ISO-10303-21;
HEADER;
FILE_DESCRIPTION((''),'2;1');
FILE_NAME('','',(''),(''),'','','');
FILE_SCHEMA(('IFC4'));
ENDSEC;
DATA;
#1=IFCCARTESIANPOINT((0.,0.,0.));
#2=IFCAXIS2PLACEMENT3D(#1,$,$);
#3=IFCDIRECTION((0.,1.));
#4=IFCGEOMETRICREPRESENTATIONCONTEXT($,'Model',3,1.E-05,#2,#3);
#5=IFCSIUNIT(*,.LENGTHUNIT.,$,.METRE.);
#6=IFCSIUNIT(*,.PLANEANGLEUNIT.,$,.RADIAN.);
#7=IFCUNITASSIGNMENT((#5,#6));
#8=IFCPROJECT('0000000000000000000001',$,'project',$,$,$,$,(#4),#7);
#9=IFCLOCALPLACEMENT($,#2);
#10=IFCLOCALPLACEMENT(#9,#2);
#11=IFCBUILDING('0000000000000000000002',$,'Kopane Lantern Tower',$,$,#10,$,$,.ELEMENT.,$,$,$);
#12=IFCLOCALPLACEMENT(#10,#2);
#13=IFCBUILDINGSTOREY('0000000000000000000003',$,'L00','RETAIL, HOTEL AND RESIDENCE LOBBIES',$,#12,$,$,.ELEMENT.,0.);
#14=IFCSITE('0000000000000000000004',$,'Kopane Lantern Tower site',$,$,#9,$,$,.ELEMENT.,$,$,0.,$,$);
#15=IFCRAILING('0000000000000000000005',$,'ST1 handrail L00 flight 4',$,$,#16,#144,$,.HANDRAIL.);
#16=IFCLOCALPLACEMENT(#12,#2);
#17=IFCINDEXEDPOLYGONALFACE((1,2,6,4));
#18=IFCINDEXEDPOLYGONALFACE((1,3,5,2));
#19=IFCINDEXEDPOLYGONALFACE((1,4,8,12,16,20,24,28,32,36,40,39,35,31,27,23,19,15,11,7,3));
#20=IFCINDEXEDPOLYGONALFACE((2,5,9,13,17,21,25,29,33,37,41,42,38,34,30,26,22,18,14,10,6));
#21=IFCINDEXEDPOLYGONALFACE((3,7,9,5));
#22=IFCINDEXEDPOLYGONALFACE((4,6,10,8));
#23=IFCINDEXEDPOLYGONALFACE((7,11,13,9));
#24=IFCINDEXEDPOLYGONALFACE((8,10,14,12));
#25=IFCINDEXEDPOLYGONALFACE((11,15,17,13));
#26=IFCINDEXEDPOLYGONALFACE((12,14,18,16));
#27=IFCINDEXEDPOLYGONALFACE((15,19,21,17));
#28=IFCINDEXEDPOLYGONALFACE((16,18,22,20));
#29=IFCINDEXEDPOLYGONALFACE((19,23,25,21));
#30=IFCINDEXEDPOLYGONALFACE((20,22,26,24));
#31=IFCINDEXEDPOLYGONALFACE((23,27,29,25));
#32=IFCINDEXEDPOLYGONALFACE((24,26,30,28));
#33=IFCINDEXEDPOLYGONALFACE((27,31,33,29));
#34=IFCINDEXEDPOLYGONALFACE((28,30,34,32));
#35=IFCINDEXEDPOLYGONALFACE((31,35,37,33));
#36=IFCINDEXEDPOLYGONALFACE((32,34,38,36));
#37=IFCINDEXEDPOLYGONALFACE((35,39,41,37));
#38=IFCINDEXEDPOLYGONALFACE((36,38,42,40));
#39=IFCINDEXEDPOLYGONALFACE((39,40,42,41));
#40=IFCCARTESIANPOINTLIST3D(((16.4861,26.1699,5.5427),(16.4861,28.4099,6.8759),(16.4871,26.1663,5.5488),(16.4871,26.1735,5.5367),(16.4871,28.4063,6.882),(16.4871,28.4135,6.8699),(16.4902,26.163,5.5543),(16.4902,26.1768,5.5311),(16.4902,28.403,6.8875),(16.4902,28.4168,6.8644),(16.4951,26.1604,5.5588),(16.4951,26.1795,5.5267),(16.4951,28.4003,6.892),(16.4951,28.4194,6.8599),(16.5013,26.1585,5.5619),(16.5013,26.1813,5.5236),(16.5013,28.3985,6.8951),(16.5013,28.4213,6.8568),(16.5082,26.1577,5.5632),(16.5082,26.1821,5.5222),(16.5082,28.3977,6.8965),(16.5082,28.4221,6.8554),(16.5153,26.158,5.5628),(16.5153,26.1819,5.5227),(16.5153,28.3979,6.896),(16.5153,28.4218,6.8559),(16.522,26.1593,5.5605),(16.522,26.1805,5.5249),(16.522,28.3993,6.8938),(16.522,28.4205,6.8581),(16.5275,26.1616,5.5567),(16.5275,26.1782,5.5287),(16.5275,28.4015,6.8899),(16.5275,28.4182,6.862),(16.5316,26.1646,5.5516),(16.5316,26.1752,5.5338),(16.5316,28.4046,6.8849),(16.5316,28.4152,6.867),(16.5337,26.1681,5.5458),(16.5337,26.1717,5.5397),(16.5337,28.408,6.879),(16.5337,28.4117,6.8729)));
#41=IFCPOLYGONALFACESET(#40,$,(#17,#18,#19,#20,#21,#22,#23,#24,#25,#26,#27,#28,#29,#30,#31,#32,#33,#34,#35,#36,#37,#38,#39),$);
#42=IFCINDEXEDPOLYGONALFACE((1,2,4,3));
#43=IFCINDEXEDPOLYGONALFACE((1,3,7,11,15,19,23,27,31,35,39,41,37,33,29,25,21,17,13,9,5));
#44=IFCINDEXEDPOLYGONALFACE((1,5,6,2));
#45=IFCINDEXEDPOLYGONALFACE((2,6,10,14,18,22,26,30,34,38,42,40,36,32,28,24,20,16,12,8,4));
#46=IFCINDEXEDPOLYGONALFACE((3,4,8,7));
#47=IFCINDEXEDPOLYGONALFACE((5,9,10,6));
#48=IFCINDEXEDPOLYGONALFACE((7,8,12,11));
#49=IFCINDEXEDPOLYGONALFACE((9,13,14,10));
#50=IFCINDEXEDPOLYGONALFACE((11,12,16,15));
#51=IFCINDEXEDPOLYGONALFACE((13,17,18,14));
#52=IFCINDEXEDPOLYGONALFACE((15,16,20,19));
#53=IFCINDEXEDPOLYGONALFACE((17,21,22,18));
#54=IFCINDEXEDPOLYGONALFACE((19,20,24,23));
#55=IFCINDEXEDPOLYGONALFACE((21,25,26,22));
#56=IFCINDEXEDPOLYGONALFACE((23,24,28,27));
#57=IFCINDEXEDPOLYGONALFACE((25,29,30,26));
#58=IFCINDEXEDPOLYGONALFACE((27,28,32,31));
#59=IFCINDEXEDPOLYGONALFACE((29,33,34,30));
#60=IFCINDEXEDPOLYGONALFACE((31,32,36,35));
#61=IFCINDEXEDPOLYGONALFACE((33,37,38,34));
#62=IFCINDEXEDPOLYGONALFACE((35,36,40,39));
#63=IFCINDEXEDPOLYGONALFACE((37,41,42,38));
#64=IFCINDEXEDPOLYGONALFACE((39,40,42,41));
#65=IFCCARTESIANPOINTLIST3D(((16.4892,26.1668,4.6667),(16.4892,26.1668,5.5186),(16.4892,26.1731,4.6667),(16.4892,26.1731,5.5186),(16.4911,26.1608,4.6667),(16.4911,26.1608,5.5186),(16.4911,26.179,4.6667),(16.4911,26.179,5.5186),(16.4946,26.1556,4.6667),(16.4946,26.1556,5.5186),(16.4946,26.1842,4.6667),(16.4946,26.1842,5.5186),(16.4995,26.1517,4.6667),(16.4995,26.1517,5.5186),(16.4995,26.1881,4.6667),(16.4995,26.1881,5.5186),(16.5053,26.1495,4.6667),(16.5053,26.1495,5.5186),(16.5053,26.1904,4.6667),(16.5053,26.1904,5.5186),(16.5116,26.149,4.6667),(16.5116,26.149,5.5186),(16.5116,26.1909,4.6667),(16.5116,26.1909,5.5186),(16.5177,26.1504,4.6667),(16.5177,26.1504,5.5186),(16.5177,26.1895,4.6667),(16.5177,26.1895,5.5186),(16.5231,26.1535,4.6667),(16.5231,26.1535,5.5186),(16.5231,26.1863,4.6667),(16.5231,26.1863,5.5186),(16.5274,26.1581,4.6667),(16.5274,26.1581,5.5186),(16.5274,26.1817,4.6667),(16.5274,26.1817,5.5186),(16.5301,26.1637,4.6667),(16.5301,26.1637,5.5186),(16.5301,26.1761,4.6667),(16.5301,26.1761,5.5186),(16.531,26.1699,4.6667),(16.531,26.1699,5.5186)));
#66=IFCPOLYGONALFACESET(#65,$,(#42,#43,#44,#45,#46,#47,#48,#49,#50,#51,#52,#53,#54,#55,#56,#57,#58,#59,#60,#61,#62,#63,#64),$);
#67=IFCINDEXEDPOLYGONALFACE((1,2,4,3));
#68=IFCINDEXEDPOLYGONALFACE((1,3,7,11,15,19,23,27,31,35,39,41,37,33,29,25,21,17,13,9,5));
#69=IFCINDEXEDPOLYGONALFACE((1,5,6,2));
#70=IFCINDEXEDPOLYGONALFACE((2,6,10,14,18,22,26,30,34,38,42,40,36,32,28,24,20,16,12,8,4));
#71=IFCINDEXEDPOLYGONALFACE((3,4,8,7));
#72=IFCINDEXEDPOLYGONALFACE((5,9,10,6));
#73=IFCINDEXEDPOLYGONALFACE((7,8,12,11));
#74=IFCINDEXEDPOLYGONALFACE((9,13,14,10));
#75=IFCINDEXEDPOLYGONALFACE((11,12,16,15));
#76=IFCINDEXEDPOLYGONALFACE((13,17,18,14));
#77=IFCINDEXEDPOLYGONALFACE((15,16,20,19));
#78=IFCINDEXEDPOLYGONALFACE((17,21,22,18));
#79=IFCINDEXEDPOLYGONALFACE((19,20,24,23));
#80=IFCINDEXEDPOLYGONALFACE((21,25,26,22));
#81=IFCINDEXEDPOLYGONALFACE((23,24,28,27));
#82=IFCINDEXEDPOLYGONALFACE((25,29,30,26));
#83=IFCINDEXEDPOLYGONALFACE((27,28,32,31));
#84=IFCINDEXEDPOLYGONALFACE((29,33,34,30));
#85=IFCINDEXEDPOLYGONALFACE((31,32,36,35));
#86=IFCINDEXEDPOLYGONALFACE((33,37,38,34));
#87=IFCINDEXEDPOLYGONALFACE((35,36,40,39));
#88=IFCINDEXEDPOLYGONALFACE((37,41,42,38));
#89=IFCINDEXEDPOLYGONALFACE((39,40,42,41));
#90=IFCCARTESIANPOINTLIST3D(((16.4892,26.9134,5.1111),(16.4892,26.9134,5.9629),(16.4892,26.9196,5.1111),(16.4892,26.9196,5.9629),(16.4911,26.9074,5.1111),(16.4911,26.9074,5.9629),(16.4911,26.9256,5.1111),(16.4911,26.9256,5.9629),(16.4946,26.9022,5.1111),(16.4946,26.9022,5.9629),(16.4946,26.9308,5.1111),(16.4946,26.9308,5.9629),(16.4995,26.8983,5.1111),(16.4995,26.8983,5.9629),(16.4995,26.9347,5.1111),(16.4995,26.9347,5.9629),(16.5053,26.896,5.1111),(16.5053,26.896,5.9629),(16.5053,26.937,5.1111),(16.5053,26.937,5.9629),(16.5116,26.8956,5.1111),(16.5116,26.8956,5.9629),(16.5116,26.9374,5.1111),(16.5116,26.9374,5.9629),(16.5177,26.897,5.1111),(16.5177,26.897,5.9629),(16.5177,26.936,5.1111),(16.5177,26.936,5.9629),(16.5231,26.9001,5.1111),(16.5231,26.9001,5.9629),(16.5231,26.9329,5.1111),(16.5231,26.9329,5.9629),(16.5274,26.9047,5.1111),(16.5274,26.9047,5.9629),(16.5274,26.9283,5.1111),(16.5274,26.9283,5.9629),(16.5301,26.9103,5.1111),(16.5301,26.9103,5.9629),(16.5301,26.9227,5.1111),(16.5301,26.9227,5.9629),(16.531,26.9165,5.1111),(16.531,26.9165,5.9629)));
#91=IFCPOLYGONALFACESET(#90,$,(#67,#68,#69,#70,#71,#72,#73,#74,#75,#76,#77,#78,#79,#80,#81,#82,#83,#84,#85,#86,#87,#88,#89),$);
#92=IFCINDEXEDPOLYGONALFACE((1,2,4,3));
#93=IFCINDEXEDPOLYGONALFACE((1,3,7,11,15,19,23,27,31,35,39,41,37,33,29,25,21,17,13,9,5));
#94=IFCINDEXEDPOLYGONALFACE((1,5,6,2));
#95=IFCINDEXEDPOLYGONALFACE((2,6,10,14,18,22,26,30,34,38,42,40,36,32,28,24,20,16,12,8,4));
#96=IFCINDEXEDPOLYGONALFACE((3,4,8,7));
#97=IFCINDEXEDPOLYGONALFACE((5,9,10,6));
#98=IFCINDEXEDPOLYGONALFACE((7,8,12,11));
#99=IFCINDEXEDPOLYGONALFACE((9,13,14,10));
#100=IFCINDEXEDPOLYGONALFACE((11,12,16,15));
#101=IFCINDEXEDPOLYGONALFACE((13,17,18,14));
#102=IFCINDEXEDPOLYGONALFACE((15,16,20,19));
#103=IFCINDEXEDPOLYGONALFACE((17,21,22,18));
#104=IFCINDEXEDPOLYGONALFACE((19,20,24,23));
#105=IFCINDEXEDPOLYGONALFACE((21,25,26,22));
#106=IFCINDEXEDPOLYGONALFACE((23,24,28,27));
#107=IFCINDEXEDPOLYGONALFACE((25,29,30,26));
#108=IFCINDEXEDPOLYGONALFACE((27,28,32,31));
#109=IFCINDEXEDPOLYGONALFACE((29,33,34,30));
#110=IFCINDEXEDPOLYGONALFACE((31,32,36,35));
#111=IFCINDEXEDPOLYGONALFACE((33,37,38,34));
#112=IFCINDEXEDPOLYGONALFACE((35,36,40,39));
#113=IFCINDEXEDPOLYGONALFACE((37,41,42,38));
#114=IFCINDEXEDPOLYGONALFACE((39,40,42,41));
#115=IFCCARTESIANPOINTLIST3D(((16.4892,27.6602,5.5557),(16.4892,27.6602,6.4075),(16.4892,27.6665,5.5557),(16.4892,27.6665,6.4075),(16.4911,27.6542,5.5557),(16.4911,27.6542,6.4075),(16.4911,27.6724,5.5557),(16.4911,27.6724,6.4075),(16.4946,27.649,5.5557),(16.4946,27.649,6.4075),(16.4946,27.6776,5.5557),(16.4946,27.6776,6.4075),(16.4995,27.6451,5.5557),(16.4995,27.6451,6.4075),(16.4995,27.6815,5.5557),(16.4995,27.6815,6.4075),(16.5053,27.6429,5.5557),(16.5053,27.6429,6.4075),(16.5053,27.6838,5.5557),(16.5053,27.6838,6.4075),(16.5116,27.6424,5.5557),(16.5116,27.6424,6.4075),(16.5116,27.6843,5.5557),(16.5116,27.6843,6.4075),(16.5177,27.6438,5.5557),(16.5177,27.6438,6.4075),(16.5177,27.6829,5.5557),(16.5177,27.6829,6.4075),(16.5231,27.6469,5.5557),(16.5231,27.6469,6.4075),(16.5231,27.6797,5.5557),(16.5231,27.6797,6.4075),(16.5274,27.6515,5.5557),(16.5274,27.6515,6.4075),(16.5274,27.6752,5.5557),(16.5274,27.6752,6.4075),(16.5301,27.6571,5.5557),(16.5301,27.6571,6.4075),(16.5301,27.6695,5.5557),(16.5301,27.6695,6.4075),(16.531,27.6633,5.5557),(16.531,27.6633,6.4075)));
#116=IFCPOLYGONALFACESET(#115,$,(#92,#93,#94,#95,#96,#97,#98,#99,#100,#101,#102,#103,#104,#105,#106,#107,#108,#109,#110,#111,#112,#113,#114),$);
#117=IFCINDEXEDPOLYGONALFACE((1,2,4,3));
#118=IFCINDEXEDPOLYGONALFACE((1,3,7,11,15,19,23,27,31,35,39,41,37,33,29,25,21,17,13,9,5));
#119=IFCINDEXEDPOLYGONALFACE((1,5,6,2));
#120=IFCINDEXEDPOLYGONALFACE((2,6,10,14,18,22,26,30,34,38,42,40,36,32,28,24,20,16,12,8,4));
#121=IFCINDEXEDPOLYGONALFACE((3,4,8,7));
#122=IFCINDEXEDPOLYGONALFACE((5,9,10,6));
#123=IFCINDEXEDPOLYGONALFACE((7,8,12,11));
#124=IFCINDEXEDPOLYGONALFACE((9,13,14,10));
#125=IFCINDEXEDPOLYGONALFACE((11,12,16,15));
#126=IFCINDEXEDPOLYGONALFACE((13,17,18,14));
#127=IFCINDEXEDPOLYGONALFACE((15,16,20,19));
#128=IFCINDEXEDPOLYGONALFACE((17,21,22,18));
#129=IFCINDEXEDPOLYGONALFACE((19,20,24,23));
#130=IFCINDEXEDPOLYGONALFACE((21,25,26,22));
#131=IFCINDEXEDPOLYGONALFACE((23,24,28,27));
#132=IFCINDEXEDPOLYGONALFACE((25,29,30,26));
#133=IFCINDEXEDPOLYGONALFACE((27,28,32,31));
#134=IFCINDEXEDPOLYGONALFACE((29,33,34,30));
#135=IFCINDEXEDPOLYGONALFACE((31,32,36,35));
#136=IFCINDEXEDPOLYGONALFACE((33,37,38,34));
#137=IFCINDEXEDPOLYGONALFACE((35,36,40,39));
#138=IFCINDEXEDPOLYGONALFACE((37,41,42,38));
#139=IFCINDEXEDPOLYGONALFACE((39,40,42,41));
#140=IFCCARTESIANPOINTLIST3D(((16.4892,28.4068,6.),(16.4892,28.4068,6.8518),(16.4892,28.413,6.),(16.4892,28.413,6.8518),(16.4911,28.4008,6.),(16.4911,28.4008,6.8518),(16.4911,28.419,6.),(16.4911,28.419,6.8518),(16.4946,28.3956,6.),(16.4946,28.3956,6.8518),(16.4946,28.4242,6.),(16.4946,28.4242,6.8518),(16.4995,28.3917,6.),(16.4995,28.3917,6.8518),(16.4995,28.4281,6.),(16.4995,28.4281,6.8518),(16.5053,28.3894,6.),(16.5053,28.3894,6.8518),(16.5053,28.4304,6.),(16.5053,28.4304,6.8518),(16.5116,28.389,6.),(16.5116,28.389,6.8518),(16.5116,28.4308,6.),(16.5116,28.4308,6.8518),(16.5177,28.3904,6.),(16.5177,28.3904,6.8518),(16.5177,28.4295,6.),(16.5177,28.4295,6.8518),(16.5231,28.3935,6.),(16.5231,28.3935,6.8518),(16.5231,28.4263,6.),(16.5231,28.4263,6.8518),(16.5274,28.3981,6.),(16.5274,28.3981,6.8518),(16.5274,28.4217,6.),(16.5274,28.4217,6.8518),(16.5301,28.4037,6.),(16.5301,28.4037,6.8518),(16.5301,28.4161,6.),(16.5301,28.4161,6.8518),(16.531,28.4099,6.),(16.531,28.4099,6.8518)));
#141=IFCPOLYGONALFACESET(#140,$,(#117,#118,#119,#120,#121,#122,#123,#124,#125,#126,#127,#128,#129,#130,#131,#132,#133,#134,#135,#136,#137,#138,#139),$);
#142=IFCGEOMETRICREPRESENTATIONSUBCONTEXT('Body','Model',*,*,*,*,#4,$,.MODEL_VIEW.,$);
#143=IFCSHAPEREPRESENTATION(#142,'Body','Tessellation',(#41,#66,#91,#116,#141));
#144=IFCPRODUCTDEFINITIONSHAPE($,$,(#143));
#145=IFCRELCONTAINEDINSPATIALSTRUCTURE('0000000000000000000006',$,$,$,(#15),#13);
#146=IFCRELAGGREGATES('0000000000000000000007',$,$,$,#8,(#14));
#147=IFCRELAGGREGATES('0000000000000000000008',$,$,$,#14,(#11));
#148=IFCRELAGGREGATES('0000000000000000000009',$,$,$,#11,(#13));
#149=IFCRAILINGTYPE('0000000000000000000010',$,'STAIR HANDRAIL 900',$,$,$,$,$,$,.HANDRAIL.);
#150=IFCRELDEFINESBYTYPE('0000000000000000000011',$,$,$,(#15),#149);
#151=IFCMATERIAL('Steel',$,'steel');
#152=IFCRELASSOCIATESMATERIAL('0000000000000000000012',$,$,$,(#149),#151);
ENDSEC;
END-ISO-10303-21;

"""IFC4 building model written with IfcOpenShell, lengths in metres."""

from ifc_helpers import new_model, si_unit, direction, frame, origin, origin_2d, place, context, subcontext, project, spatial, circle, extrude, material, type_object, element, save


model = new_model("IFC4")

# Units and contexts
model_context = context("Model", 3, precision=1e-05, world=origin(), true_north=direction((0.0, 1.0)))
body_context = subcontext(model_context, "Body", "Model", "MODEL_VIEW")
ifc_project = project(units=[si_unit("LENGTHUNIT", "METRE"), si_unit("PLANEANGLEUNIT", "RADIAN")], contexts=[model_context])

# Site, building, storey
site_placement = place(None, origin())
site = spatial("IfcSite", under=ifc_project, at=site_placement, Name="Kopane Lantern Tower site", CompositionType="ELEMENT", RefElevation=0.0)
building_placement = place(site_placement, origin())
building = spatial("IfcBuilding", under=site, at=building_placement, Name="Kopane Lantern Tower", CompositionType="ELEMENT")
storey_placement = place(building_placement, origin())
storey = spatial("IfcBuildingStorey", under=building, at=storey_placement, Name="L00", Description="RETAIL, HOTEL AND RESIDENCE LOBBIES", CompositionType="ELEMENT", Elevation=0.0)

# Railing
ifc_material_1 = material(Name="Steel", Category="steel")
railing_type_1 = type_object("IfcRailingType", Name="STAIR HANDRAIL 900", PredefinedType="HANDRAIL", material=ifc_material_1)
for number, where, name in (
    (1, (16.51, 26.1699, 4.6667), "ST1 handrail L00 flight 4"),
):
    element("IfcRailing", number, at=place(storey_placement, frame(where)), inside=storey, type_object=railing_type_1, Name=name, PredefinedType="HANDRAIL", context=body_context, shape_type="SweptSolid", body=[
        extrude(circle(Radius=0.0239, at=origin_2d()), frame((0.0, 0.0, 0.876), z_axis=(0.0, 0.859306, 0.511462), x_axis=(-1.0, 0.0, 0.0)), (0.0, 0.0, 1.0), 2.6067),
        extrude(circle(Radius=0.021, at=origin_2d()), origin(), (0.0, 0.0, 1.0), 0.8518),
        extrude(circle(Radius=0.021, at=origin_2d()), frame((0.0, 0.7466, 0.4443)), (0.0, 0.0, 1.0), 0.8518),
        extrude(circle(Radius=0.021, at=origin_2d()), frame((0.0, 1.4934, 0.8889)), (0.0, 0.0, 1.0), 0.8518),
        extrude(circle(Radius=0.021, at=origin_2d()), frame((0.0, 2.24, 1.3333)), (0.0, 0.0, 1.0), 0.8518),
    ])

save(model, "model.ifc")
